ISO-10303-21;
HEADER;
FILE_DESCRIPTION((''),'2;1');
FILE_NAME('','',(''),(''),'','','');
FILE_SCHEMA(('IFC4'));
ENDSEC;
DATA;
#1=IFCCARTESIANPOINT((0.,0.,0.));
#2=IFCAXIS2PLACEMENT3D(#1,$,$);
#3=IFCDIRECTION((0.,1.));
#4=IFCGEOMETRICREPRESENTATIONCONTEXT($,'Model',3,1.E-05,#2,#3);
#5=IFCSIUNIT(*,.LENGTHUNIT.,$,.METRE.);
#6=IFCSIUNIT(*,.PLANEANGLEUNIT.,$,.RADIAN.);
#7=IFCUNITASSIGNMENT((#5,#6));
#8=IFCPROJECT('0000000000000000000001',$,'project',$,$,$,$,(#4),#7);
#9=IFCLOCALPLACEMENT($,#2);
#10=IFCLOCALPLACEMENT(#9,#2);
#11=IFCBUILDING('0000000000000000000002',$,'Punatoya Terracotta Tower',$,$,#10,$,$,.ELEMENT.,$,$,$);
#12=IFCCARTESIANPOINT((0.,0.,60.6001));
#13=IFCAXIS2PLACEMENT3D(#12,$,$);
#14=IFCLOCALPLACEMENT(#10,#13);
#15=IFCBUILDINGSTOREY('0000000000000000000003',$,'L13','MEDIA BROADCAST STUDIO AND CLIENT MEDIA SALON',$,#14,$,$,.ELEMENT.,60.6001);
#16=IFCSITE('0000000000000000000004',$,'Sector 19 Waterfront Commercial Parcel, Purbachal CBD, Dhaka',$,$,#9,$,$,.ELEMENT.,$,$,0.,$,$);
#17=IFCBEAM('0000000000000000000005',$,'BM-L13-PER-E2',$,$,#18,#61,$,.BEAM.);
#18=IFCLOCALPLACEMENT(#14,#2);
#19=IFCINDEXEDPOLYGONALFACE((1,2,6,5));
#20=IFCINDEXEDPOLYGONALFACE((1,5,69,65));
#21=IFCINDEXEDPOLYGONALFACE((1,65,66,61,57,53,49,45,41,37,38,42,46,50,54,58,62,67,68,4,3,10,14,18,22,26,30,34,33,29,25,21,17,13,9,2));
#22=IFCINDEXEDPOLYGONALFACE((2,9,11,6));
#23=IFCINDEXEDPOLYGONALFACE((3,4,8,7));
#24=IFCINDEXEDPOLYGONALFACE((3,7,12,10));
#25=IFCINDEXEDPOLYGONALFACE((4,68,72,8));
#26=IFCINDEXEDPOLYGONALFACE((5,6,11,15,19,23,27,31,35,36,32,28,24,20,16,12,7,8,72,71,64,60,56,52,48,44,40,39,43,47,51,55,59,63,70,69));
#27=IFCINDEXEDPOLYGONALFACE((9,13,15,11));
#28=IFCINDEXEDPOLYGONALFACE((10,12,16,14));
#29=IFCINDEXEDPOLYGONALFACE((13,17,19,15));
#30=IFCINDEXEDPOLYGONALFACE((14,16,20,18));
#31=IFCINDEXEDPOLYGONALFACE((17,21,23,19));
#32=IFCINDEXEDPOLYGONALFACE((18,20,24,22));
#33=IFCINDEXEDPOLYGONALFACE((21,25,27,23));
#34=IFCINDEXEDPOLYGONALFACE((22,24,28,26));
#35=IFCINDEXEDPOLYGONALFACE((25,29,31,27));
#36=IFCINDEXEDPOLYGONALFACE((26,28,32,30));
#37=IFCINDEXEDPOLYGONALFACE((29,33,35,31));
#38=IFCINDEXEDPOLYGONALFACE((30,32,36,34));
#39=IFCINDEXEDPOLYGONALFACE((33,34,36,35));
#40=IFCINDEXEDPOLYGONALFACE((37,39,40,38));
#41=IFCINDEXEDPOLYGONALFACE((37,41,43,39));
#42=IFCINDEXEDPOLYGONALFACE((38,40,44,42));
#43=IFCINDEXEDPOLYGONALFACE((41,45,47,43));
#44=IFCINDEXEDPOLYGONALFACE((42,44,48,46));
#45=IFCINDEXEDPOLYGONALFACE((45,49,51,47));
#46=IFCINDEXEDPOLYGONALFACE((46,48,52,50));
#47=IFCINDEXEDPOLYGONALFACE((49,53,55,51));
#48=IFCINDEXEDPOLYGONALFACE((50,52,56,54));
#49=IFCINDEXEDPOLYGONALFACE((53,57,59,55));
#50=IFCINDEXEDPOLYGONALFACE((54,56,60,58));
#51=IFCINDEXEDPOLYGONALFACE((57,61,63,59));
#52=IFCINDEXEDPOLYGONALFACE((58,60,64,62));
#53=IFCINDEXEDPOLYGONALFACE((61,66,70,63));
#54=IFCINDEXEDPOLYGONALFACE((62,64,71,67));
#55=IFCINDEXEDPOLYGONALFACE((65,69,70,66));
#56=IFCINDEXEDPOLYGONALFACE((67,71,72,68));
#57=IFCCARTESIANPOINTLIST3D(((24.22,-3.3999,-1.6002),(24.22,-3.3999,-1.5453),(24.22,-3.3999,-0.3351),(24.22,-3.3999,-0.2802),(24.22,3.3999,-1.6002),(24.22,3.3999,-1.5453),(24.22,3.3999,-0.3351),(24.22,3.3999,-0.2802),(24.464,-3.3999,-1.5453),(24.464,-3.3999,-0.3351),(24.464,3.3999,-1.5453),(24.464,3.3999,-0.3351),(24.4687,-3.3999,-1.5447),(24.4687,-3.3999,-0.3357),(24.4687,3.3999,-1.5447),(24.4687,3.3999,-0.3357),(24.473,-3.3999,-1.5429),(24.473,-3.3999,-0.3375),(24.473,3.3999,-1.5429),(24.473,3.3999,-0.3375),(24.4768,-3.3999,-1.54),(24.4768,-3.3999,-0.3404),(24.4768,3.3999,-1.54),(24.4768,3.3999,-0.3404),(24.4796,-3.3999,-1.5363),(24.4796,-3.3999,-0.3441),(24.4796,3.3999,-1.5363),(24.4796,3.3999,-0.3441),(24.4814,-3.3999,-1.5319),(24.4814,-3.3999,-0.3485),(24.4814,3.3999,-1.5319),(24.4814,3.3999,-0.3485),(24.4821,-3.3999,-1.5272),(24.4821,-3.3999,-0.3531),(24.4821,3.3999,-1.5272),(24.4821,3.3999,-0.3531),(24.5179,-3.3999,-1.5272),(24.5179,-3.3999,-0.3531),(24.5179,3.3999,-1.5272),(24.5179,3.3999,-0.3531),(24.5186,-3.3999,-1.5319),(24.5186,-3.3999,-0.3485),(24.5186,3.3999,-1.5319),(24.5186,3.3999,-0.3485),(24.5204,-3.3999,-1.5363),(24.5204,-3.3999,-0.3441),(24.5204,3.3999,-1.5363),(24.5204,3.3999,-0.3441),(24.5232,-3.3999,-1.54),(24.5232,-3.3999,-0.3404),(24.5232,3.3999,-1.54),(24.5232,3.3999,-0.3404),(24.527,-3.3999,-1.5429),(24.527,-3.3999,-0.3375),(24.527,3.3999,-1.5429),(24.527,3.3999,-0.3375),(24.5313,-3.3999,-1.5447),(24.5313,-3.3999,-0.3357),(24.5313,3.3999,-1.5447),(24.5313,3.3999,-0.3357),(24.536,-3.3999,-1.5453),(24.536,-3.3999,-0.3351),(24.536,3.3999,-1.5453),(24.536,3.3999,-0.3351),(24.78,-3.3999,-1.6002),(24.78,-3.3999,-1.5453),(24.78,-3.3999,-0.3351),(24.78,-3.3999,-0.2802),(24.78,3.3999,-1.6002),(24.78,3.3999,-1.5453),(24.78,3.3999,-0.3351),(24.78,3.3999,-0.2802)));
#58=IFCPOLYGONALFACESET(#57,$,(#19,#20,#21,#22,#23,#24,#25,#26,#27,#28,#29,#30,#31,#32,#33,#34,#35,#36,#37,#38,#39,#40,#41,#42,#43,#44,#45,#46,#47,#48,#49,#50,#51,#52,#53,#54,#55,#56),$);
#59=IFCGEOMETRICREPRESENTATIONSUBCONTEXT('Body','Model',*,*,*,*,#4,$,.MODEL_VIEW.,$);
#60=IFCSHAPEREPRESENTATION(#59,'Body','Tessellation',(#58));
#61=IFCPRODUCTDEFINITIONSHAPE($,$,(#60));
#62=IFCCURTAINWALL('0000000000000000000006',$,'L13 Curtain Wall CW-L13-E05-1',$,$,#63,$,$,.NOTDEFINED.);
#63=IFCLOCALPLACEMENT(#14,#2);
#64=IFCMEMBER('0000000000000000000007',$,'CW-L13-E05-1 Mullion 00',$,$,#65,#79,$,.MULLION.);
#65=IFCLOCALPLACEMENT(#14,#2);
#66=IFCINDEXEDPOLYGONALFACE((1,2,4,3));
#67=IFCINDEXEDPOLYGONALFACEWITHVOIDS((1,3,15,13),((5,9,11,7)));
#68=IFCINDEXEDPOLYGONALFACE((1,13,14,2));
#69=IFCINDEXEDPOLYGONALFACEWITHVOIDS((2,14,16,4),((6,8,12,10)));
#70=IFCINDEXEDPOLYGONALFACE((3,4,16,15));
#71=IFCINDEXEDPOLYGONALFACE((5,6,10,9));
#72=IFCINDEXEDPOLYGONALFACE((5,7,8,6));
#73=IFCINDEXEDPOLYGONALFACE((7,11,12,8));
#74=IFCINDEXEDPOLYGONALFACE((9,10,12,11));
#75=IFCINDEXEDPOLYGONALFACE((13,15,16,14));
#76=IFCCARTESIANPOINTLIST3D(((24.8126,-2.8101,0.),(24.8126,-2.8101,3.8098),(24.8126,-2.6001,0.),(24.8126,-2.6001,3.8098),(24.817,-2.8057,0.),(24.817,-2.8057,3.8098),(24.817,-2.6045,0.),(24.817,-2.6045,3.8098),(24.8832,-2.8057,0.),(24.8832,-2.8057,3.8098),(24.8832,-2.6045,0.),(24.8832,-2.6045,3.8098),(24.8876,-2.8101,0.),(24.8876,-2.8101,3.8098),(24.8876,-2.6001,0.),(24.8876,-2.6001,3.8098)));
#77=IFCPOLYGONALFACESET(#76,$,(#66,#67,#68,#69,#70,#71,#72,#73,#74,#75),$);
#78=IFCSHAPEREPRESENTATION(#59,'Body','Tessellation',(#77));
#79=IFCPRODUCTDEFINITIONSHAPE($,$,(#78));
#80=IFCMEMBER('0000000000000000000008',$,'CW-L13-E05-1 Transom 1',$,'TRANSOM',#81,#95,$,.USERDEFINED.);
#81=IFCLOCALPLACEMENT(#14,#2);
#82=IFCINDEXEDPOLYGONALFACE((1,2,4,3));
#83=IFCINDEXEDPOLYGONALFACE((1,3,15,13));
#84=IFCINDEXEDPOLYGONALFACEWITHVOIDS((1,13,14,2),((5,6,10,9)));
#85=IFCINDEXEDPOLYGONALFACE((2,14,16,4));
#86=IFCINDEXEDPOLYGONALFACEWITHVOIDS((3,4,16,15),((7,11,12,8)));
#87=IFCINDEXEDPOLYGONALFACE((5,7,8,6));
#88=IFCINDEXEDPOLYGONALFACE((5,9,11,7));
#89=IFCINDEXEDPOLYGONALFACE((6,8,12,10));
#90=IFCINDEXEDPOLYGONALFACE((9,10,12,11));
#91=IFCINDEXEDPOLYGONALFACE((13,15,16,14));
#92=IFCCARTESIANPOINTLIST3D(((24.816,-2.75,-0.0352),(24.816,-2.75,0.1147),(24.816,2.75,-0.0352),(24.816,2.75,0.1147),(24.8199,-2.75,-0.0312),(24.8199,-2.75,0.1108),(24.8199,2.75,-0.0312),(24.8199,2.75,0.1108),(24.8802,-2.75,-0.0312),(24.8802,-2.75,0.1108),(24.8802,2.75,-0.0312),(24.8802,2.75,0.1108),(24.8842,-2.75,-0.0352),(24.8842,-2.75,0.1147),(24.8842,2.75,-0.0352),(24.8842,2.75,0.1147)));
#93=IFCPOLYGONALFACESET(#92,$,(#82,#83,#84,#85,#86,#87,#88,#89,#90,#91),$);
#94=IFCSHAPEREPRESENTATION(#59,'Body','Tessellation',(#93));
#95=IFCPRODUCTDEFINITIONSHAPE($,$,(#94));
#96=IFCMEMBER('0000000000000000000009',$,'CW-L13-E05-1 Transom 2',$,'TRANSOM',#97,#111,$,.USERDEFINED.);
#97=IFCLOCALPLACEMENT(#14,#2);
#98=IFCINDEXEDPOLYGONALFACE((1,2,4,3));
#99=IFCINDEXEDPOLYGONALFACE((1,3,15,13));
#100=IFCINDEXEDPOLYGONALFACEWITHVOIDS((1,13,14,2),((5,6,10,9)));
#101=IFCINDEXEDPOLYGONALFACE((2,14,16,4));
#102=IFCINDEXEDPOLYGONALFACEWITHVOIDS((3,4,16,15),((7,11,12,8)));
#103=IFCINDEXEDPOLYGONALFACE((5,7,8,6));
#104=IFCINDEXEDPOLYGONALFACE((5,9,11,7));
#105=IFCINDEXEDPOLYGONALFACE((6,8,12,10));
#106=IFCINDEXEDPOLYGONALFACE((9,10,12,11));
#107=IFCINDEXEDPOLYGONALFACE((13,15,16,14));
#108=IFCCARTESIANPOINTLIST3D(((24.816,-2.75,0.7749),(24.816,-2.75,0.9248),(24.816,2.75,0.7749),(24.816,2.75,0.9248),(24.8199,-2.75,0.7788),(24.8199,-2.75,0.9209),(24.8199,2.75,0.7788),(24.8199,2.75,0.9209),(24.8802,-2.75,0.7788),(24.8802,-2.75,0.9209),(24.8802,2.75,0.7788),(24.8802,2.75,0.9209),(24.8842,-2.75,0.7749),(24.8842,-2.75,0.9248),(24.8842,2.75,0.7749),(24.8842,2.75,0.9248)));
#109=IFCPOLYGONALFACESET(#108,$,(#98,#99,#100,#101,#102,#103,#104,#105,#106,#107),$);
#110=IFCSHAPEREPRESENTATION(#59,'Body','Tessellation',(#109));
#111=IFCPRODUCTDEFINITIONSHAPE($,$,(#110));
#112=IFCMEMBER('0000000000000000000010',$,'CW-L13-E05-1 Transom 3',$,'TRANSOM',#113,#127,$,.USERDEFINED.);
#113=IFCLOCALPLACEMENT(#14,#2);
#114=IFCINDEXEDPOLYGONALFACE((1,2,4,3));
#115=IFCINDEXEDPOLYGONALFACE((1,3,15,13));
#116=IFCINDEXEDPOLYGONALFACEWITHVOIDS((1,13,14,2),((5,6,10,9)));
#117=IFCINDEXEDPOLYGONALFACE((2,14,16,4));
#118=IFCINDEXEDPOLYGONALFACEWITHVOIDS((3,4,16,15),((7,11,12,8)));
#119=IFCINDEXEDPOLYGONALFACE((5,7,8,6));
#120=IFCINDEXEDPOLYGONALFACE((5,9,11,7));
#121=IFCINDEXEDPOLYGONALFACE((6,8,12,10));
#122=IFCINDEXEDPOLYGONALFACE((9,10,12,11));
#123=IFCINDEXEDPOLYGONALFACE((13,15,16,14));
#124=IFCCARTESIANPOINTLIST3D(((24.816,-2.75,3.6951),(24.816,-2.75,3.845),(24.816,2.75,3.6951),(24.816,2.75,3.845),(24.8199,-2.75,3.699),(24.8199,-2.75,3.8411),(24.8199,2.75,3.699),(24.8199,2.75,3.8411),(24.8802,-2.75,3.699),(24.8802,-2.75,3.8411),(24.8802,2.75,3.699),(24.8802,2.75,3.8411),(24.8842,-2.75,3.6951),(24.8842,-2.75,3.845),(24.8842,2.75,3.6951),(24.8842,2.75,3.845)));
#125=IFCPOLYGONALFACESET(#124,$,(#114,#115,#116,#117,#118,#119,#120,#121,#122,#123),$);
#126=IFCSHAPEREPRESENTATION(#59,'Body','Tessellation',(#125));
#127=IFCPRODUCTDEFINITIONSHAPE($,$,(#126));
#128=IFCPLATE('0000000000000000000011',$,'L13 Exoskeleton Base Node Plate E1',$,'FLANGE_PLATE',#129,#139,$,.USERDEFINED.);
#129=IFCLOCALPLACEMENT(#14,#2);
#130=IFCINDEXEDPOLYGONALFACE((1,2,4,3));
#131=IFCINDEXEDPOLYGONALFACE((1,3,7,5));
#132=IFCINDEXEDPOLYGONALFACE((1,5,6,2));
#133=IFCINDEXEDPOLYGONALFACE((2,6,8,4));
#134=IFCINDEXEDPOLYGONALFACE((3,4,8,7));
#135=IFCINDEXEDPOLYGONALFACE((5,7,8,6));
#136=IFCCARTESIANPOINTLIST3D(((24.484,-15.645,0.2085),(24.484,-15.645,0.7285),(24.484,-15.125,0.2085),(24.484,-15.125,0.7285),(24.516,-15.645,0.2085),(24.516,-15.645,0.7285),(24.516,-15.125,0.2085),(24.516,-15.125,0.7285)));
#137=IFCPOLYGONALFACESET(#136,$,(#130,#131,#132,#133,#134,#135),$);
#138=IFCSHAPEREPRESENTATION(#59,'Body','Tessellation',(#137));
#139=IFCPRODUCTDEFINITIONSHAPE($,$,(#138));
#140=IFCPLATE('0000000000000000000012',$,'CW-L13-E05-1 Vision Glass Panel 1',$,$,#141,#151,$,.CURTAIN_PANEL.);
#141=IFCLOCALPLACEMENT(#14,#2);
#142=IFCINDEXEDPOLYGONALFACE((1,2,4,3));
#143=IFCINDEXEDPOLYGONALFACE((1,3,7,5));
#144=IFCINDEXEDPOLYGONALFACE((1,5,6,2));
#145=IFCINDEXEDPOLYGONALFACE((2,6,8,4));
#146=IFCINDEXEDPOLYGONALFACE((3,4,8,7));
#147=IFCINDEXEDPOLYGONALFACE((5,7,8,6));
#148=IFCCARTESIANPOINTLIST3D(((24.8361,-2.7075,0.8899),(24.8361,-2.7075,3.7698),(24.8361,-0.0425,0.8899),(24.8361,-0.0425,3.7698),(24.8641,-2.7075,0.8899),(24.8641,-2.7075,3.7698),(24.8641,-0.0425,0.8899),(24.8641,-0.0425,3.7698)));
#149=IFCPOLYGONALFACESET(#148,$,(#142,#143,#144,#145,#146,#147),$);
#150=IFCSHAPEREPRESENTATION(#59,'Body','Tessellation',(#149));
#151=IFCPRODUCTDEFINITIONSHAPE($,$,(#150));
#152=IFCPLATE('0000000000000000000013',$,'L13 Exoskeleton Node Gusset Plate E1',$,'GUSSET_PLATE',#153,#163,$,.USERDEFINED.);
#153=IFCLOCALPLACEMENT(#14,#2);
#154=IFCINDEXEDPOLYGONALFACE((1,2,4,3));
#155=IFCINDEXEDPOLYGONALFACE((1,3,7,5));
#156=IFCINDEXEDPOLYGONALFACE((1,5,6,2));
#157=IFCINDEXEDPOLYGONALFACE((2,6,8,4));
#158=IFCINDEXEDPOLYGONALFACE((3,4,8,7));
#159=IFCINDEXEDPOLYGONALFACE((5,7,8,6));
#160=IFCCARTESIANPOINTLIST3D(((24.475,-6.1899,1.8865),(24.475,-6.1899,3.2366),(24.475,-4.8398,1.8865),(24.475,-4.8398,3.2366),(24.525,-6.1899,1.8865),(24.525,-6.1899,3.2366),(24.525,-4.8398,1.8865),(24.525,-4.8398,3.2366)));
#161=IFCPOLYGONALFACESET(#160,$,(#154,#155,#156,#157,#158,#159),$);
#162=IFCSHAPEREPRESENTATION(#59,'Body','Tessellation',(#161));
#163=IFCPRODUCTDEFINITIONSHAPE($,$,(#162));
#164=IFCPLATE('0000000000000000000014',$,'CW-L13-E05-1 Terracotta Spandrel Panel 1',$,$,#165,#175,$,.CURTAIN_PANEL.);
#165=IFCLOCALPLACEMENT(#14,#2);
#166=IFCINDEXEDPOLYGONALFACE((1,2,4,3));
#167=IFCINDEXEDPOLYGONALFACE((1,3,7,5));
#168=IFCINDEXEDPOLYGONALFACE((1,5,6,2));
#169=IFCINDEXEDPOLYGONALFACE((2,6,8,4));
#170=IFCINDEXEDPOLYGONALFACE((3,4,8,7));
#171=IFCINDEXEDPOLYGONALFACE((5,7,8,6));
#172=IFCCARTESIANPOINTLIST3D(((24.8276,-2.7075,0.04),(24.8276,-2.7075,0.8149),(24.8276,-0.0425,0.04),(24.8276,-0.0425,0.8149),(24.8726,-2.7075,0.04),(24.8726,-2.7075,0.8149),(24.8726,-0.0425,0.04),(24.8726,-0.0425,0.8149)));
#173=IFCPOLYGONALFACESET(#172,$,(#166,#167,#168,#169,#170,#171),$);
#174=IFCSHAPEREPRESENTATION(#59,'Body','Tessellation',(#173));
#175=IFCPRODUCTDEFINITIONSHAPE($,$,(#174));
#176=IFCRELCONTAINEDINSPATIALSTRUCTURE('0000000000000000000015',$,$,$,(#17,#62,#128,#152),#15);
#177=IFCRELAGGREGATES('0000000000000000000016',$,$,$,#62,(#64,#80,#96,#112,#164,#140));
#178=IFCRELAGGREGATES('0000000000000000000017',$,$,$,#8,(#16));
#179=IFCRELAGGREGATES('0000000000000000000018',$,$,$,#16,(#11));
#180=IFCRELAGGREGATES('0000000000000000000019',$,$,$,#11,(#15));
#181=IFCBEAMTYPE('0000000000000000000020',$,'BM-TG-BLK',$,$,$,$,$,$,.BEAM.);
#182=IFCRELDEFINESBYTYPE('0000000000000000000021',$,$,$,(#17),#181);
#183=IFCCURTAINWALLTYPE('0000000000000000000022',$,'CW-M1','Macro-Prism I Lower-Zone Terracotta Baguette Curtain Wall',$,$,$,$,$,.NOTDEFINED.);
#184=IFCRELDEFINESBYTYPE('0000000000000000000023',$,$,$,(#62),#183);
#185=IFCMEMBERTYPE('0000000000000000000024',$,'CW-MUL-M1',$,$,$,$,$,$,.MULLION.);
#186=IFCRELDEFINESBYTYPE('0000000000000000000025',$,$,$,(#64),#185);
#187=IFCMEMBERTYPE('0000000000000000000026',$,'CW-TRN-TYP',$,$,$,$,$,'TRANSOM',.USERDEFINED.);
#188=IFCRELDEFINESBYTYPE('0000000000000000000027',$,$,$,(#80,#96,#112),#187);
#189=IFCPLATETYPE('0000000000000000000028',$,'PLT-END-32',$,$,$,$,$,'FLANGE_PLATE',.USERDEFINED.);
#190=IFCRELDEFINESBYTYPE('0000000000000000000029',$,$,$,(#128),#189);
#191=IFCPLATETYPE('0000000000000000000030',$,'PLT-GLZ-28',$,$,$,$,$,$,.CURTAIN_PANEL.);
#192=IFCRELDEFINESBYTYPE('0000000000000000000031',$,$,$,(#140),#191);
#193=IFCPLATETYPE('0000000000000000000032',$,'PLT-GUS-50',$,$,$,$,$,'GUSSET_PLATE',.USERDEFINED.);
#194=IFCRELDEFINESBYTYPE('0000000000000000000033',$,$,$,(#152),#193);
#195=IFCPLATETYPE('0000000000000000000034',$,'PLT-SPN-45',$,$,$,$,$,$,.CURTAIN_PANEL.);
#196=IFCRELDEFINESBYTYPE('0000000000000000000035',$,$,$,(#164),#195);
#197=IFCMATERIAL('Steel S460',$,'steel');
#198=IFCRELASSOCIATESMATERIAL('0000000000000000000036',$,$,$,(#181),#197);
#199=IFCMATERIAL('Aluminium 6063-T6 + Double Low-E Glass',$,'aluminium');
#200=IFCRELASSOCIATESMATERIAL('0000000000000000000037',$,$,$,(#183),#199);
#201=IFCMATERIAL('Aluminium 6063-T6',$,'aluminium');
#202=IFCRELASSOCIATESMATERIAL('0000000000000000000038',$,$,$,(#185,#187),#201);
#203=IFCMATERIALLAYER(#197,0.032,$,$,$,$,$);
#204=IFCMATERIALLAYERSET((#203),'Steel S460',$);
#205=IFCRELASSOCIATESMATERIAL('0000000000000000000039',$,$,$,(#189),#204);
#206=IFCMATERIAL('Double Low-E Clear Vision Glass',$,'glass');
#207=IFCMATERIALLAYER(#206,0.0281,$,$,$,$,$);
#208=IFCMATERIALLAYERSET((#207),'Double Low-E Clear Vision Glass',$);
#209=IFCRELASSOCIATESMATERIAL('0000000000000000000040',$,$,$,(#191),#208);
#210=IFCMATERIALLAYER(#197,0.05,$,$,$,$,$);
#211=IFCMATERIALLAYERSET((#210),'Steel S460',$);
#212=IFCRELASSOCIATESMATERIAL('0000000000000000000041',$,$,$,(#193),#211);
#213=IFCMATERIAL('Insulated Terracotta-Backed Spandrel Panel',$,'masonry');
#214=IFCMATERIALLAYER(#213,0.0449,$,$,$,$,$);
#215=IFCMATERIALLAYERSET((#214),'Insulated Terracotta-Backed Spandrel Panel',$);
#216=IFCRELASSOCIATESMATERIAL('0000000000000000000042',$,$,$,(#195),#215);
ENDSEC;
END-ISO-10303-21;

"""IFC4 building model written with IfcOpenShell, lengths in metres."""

from ifc_helpers import new_model, si_unit, direction, frame, origin, origin_2d, place, context, subcontext, project, spatial, rectangle, hollow_rectangle, i_section, extrude, material, layer, layer_set, material_profile, profile_set, type_object, element, aggregate, save


model = new_model("IFC4")

# Units and contexts
model_context = context("Model", 3, precision=1e-05, world=origin(), true_north=direction((0.0, 1.0)))
body_context = subcontext(model_context, "Body", "Model", "MODEL_VIEW")
ifc_project = project(units=[si_unit("LENGTHUNIT", "METRE"), si_unit("PLANEANGLEUNIT", "RADIAN")], contexts=[model_context])

# Site, building, storey
site_placement = place(None, origin())
site = spatial("IfcSite", under=ifc_project, at=site_placement, Name="Sector 19 Waterfront Commercial Parcel, Purbachal CBD, Dhaka", CompositionType="ELEMENT", RefElevation=0.0)
building_placement = place(site_placement, origin())
building = spatial("IfcBuilding", under=site, at=building_placement, Name="Punatoya Terracotta Tower", CompositionType="ELEMENT")
storey_placement = place(building_placement, frame((0.0, 0.0, 60.6001)))
storey = spatial("IfcBuildingStorey", under=building, at=storey_placement, Name="L13", Description="MEDIA BROADCAST STUDIO AND CLIENT MEDIA SALON", CompositionType="ELEMENT", Elevation=60.6001)

# Shared definitions
ifc_material_1 = material(Name="Steel S460", Category="steel")

# Beam
ifc_material_profile_1 = material_profile(ifc_material_1, i_section(OverallWidth=0.5601, OverallDepth=1.3201, WebThickness=0.0359, FlangeThickness=0.0549, FilletRadius=0.0181, at=origin_2d()))
ifc_profile_set_1 = profile_set([ifc_material_profile_1], Name="Steel S460")
beam_type = type_object("IfcBeamType", Name="BM-TG-BLK", PredefinedType="BEAM", material=ifc_profile_set_1)
beam_1_placement = place(storey_placement, frame((24.5, -3.3999, -0.9402), z_axis=(0.0, 1.0, 0.0), x_axis=(-1.0, 0.0, 0.0)))
element("IfcBeam", 1, at=beam_1_placement, inside=storey, type_object=beam_type, Name="BM-L13-PER-E2", PredefinedType="BEAM", context=body_context, shape_type="SweptSolid", body=[
    extrude(i_section(OverallWidth=0.5601, OverallDepth=1.3201, WebThickness=0.0359, FlangeThickness=0.0549, FilletRadius=0.0181, at=origin_2d()), origin(), (0.0, 0.0, 1.0), 6.7998),
])

# Curtain wall, members
ifc_material_2 = material(Name="Aluminium 6063-T6 + Double Low-E Glass", Category="aluminium")
curtain_wall_type = type_object("IfcCurtainWallType", Name="CW-M1", Description="Macro-Prism I Lower-Zone Terracotta Baguette Curtain Wall", PredefinedType="NOTDEFINED", material=ifc_material_2)
curtain_wall_placement = place(storey_placement, origin())
curtain_wall = element("IfcCurtainWall", 2, at=curtain_wall_placement, inside=storey, type_object=curtain_wall_type, Name="L13 Curtain Wall CW-L13-E05-1", PredefinedType="NOTDEFINED")
ifc_material_3 = material(Name="Aluminium 6063-T6", Category="aluminium")
ifc_material_profile_2 = material_profile(ifc_material_3, hollow_rectangle(XDim=0.075, YDim=0.21, WallThickness=0.0044, at=origin_2d()))
ifc_profile_set_2 = profile_set([ifc_material_profile_2], Name="Aluminium 6063-T6")
member_type_1 = type_object("IfcMemberType", Name="CW-MUL-M1", PredefinedType="MULLION", material=ifc_profile_set_2)
member_1_placement = place(storey_placement, frame((24.8501, -2.7051, 0.0), z_axis=(0.0, 0.0, 1.0), x_axis=(1.0, 0.0, 0.0)))
member_1 = element("IfcMember", 3, at=member_1_placement, type_object=member_type_1, Name="CW-L13-E05-1 Mullion 00", PredefinedType="MULLION", context=body_context, shape_type="SweptSolid", body=[
    extrude(hollow_rectangle(XDim=0.075, YDim=0.21, WallThickness=0.0044, at=origin_2d()), origin(), (0.0, 0.0, 1.0), 3.8098),
])
ifc_material_profile_3 = material_profile(ifc_material_3, hollow_rectangle(XDim=0.0681, YDim=0.1499, WallThickness=0.0039, at=origin_2d()))
ifc_profile_set_3 = profile_set([ifc_material_profile_3], Name="Aluminium 6063-T6")
member_type_2 = type_object("IfcMemberType", Name="CW-TRN-TYP", ElementType="TRANSOM", PredefinedType="USERDEFINED", material=ifc_profile_set_3)
member_2_placement = place(storey_placement, frame((24.8501, -2.75, 0.0398), z_axis=(0.0, 1.0, 0.0), x_axis=(-1.0, 0.0, 0.0)))
member_2 = element("IfcMember", 4, at=member_2_placement, type_object=member_type_2, Name="CW-L13-E05-1 Transom 1", ObjectType="TRANSOM", PredefinedType="USERDEFINED", context=body_context, shape_type="SweptSolid", body=[
    extrude(hollow_rectangle(XDim=0.0681, YDim=0.1499, WallThickness=0.0039, at=origin_2d()), origin(), (0.0, 0.0, 1.0), 5.5),
])
member_3_placement = place(storey_placement, frame((24.8501, -2.75, 0.8499), z_axis=(0.0, 1.0, 0.0), x_axis=(-1.0, 0.0, 0.0)))
member_3 = element("IfcMember", 5, at=member_3_placement, type_object=member_type_2, Name="CW-L13-E05-1 Transom 2", ObjectType="TRANSOM", PredefinedType="USERDEFINED", context=body_context, shape_type="SweptSolid", body=[
    extrude(hollow_rectangle(XDim=0.0681, YDim=0.1499, WallThickness=0.0039, at=origin_2d()), origin(), (0.0, 0.0, 1.0), 5.5),
])
member_4_placement = place(storey_placement, frame((24.8501, -2.75, 3.77), z_axis=(0.0, 1.0, 0.0), x_axis=(-1.0, 0.0, 0.0)))
member_4 = element("IfcMember", 6, at=member_4_placement, type_object=member_type_2, Name="CW-L13-E05-1 Transom 3", ObjectType="TRANSOM", PredefinedType="USERDEFINED", context=body_context, shape_type="SweptSolid", body=[
    extrude(hollow_rectangle(XDim=0.0681, YDim=0.1499, WallThickness=0.0039, at=origin_2d()), origin(), (0.0, 0.0, 1.0), 5.5),
])

# Plates
ifc_layer_1 = layer(ifc_material_1, 0.032)
ifc_layer_set_1 = layer_set([ifc_layer_1], Name="Steel S460")
plate_type_1 = type_object("IfcPlateType", Name="PLT-END-32", ElementType="FLANGE_PLATE", PredefinedType="USERDEFINED", material=ifc_layer_set_1)
plate_1_placement = place(storey_placement, frame((24.5, -15.385, 0.2085), z_axis=(0.0, 0.0, 1.0), x_axis=(0.0, 1.0, 0.0)))
element("IfcPlate", 7, at=plate_1_placement, inside=storey, type_object=plate_type_1, Name="L13 Exoskeleton Base Node Plate E1", ObjectType="FLANGE_PLATE", PredefinedType="USERDEFINED", context=body_context, shape_type="SweptSolid", body=[
    extrude(rectangle(XDim=0.52, YDim=0.032, at=origin_2d()), origin(), (0.0, 0.0, 1.0), 0.52),
])
ifc_material_4 = material(Name="Double Low-E Clear Vision Glass", Category="glass")
ifc_layer_2 = layer(ifc_material_4, 0.0281)
ifc_layer_set_2 = layer_set([ifc_layer_2], Name="Double Low-E Clear Vision Glass")
plate_type_2 = type_object("IfcPlateType", Name="PLT-GLZ-28", PredefinedType="CURTAIN_PANEL", material=ifc_layer_set_2)
plate_2_placement = place(storey_placement, frame((24.8501, -1.375, 0.8899), z_axis=(0.0, 0.0, 1.0), x_axis=(0.0, 1.0, 0.0)))
plate_2 = element("IfcPlate", 8, at=plate_2_placement, type_object=plate_type_2, Name="CW-L13-E05-1 Vision Glass Panel 1", PredefinedType="CURTAIN_PANEL", context=body_context, shape_type="SweptSolid", body=[
    extrude(rectangle(XDim=2.665, YDim=0.0281, at=origin_2d()), origin(), (0.0, 0.0, 1.0), 2.8799),
])
ifc_layer_3 = layer(ifc_material_1, 0.05)
ifc_layer_set_3 = layer_set([ifc_layer_3], Name="Steel S460")
plate_type_3 = type_object("IfcPlateType", Name="PLT-GUS-50", ElementType="GUSSET_PLATE", PredefinedType="USERDEFINED", material=ifc_layer_set_3)
plate_3_placement = place(storey_placement, frame((24.5, -5.5149, 1.8865), z_axis=(0.0, 0.0, 1.0), x_axis=(0.0, 1.0, 0.0)))
element("IfcPlate", 9, at=plate_3_placement, inside=storey, type_object=plate_type_3, Name="L13 Exoskeleton Node Gusset Plate E1", ObjectType="GUSSET_PLATE", PredefinedType="USERDEFINED", context=body_context, shape_type="SweptSolid", body=[
    extrude(rectangle(XDim=1.3501, YDim=0.05, at=origin_2d()), origin(), (0.0, 0.0, 1.0), 1.3501),
])
ifc_material_5 = material(Name="Insulated Terracotta-Backed Spandrel Panel", Category="masonry")
ifc_layer_4 = layer(ifc_material_5, 0.0449)
ifc_layer_set_4 = layer_set([ifc_layer_4], Name="Insulated Terracotta-Backed Spandrel Panel")
plate_type_4 = type_object("IfcPlateType", Name="PLT-SPN-45", PredefinedType="CURTAIN_PANEL", material=ifc_layer_set_4)
plate_4_placement = place(storey_placement, frame((24.8501, -1.375, 0.04), z_axis=(0.0, 0.0, 1.0), x_axis=(0.0, 1.0, 0.0)))
plate_4 = element("IfcPlate", 10, at=plate_4_placement, type_object=plate_type_4, Name="CW-L13-E05-1 Terracotta Spandrel Panel 1", PredefinedType="CURTAIN_PANEL", context=body_context, shape_type="SweptSolid", body=[
    extrude(rectangle(XDim=2.665, YDim=0.0449, at=origin_2d()), origin(), (0.0, 0.0, 1.0), 0.7749),
])
aggregate(curtain_wall, [member_1, member_2, member_3, member_4, plate_4, plate_2])

save(model, "model.ifc")
